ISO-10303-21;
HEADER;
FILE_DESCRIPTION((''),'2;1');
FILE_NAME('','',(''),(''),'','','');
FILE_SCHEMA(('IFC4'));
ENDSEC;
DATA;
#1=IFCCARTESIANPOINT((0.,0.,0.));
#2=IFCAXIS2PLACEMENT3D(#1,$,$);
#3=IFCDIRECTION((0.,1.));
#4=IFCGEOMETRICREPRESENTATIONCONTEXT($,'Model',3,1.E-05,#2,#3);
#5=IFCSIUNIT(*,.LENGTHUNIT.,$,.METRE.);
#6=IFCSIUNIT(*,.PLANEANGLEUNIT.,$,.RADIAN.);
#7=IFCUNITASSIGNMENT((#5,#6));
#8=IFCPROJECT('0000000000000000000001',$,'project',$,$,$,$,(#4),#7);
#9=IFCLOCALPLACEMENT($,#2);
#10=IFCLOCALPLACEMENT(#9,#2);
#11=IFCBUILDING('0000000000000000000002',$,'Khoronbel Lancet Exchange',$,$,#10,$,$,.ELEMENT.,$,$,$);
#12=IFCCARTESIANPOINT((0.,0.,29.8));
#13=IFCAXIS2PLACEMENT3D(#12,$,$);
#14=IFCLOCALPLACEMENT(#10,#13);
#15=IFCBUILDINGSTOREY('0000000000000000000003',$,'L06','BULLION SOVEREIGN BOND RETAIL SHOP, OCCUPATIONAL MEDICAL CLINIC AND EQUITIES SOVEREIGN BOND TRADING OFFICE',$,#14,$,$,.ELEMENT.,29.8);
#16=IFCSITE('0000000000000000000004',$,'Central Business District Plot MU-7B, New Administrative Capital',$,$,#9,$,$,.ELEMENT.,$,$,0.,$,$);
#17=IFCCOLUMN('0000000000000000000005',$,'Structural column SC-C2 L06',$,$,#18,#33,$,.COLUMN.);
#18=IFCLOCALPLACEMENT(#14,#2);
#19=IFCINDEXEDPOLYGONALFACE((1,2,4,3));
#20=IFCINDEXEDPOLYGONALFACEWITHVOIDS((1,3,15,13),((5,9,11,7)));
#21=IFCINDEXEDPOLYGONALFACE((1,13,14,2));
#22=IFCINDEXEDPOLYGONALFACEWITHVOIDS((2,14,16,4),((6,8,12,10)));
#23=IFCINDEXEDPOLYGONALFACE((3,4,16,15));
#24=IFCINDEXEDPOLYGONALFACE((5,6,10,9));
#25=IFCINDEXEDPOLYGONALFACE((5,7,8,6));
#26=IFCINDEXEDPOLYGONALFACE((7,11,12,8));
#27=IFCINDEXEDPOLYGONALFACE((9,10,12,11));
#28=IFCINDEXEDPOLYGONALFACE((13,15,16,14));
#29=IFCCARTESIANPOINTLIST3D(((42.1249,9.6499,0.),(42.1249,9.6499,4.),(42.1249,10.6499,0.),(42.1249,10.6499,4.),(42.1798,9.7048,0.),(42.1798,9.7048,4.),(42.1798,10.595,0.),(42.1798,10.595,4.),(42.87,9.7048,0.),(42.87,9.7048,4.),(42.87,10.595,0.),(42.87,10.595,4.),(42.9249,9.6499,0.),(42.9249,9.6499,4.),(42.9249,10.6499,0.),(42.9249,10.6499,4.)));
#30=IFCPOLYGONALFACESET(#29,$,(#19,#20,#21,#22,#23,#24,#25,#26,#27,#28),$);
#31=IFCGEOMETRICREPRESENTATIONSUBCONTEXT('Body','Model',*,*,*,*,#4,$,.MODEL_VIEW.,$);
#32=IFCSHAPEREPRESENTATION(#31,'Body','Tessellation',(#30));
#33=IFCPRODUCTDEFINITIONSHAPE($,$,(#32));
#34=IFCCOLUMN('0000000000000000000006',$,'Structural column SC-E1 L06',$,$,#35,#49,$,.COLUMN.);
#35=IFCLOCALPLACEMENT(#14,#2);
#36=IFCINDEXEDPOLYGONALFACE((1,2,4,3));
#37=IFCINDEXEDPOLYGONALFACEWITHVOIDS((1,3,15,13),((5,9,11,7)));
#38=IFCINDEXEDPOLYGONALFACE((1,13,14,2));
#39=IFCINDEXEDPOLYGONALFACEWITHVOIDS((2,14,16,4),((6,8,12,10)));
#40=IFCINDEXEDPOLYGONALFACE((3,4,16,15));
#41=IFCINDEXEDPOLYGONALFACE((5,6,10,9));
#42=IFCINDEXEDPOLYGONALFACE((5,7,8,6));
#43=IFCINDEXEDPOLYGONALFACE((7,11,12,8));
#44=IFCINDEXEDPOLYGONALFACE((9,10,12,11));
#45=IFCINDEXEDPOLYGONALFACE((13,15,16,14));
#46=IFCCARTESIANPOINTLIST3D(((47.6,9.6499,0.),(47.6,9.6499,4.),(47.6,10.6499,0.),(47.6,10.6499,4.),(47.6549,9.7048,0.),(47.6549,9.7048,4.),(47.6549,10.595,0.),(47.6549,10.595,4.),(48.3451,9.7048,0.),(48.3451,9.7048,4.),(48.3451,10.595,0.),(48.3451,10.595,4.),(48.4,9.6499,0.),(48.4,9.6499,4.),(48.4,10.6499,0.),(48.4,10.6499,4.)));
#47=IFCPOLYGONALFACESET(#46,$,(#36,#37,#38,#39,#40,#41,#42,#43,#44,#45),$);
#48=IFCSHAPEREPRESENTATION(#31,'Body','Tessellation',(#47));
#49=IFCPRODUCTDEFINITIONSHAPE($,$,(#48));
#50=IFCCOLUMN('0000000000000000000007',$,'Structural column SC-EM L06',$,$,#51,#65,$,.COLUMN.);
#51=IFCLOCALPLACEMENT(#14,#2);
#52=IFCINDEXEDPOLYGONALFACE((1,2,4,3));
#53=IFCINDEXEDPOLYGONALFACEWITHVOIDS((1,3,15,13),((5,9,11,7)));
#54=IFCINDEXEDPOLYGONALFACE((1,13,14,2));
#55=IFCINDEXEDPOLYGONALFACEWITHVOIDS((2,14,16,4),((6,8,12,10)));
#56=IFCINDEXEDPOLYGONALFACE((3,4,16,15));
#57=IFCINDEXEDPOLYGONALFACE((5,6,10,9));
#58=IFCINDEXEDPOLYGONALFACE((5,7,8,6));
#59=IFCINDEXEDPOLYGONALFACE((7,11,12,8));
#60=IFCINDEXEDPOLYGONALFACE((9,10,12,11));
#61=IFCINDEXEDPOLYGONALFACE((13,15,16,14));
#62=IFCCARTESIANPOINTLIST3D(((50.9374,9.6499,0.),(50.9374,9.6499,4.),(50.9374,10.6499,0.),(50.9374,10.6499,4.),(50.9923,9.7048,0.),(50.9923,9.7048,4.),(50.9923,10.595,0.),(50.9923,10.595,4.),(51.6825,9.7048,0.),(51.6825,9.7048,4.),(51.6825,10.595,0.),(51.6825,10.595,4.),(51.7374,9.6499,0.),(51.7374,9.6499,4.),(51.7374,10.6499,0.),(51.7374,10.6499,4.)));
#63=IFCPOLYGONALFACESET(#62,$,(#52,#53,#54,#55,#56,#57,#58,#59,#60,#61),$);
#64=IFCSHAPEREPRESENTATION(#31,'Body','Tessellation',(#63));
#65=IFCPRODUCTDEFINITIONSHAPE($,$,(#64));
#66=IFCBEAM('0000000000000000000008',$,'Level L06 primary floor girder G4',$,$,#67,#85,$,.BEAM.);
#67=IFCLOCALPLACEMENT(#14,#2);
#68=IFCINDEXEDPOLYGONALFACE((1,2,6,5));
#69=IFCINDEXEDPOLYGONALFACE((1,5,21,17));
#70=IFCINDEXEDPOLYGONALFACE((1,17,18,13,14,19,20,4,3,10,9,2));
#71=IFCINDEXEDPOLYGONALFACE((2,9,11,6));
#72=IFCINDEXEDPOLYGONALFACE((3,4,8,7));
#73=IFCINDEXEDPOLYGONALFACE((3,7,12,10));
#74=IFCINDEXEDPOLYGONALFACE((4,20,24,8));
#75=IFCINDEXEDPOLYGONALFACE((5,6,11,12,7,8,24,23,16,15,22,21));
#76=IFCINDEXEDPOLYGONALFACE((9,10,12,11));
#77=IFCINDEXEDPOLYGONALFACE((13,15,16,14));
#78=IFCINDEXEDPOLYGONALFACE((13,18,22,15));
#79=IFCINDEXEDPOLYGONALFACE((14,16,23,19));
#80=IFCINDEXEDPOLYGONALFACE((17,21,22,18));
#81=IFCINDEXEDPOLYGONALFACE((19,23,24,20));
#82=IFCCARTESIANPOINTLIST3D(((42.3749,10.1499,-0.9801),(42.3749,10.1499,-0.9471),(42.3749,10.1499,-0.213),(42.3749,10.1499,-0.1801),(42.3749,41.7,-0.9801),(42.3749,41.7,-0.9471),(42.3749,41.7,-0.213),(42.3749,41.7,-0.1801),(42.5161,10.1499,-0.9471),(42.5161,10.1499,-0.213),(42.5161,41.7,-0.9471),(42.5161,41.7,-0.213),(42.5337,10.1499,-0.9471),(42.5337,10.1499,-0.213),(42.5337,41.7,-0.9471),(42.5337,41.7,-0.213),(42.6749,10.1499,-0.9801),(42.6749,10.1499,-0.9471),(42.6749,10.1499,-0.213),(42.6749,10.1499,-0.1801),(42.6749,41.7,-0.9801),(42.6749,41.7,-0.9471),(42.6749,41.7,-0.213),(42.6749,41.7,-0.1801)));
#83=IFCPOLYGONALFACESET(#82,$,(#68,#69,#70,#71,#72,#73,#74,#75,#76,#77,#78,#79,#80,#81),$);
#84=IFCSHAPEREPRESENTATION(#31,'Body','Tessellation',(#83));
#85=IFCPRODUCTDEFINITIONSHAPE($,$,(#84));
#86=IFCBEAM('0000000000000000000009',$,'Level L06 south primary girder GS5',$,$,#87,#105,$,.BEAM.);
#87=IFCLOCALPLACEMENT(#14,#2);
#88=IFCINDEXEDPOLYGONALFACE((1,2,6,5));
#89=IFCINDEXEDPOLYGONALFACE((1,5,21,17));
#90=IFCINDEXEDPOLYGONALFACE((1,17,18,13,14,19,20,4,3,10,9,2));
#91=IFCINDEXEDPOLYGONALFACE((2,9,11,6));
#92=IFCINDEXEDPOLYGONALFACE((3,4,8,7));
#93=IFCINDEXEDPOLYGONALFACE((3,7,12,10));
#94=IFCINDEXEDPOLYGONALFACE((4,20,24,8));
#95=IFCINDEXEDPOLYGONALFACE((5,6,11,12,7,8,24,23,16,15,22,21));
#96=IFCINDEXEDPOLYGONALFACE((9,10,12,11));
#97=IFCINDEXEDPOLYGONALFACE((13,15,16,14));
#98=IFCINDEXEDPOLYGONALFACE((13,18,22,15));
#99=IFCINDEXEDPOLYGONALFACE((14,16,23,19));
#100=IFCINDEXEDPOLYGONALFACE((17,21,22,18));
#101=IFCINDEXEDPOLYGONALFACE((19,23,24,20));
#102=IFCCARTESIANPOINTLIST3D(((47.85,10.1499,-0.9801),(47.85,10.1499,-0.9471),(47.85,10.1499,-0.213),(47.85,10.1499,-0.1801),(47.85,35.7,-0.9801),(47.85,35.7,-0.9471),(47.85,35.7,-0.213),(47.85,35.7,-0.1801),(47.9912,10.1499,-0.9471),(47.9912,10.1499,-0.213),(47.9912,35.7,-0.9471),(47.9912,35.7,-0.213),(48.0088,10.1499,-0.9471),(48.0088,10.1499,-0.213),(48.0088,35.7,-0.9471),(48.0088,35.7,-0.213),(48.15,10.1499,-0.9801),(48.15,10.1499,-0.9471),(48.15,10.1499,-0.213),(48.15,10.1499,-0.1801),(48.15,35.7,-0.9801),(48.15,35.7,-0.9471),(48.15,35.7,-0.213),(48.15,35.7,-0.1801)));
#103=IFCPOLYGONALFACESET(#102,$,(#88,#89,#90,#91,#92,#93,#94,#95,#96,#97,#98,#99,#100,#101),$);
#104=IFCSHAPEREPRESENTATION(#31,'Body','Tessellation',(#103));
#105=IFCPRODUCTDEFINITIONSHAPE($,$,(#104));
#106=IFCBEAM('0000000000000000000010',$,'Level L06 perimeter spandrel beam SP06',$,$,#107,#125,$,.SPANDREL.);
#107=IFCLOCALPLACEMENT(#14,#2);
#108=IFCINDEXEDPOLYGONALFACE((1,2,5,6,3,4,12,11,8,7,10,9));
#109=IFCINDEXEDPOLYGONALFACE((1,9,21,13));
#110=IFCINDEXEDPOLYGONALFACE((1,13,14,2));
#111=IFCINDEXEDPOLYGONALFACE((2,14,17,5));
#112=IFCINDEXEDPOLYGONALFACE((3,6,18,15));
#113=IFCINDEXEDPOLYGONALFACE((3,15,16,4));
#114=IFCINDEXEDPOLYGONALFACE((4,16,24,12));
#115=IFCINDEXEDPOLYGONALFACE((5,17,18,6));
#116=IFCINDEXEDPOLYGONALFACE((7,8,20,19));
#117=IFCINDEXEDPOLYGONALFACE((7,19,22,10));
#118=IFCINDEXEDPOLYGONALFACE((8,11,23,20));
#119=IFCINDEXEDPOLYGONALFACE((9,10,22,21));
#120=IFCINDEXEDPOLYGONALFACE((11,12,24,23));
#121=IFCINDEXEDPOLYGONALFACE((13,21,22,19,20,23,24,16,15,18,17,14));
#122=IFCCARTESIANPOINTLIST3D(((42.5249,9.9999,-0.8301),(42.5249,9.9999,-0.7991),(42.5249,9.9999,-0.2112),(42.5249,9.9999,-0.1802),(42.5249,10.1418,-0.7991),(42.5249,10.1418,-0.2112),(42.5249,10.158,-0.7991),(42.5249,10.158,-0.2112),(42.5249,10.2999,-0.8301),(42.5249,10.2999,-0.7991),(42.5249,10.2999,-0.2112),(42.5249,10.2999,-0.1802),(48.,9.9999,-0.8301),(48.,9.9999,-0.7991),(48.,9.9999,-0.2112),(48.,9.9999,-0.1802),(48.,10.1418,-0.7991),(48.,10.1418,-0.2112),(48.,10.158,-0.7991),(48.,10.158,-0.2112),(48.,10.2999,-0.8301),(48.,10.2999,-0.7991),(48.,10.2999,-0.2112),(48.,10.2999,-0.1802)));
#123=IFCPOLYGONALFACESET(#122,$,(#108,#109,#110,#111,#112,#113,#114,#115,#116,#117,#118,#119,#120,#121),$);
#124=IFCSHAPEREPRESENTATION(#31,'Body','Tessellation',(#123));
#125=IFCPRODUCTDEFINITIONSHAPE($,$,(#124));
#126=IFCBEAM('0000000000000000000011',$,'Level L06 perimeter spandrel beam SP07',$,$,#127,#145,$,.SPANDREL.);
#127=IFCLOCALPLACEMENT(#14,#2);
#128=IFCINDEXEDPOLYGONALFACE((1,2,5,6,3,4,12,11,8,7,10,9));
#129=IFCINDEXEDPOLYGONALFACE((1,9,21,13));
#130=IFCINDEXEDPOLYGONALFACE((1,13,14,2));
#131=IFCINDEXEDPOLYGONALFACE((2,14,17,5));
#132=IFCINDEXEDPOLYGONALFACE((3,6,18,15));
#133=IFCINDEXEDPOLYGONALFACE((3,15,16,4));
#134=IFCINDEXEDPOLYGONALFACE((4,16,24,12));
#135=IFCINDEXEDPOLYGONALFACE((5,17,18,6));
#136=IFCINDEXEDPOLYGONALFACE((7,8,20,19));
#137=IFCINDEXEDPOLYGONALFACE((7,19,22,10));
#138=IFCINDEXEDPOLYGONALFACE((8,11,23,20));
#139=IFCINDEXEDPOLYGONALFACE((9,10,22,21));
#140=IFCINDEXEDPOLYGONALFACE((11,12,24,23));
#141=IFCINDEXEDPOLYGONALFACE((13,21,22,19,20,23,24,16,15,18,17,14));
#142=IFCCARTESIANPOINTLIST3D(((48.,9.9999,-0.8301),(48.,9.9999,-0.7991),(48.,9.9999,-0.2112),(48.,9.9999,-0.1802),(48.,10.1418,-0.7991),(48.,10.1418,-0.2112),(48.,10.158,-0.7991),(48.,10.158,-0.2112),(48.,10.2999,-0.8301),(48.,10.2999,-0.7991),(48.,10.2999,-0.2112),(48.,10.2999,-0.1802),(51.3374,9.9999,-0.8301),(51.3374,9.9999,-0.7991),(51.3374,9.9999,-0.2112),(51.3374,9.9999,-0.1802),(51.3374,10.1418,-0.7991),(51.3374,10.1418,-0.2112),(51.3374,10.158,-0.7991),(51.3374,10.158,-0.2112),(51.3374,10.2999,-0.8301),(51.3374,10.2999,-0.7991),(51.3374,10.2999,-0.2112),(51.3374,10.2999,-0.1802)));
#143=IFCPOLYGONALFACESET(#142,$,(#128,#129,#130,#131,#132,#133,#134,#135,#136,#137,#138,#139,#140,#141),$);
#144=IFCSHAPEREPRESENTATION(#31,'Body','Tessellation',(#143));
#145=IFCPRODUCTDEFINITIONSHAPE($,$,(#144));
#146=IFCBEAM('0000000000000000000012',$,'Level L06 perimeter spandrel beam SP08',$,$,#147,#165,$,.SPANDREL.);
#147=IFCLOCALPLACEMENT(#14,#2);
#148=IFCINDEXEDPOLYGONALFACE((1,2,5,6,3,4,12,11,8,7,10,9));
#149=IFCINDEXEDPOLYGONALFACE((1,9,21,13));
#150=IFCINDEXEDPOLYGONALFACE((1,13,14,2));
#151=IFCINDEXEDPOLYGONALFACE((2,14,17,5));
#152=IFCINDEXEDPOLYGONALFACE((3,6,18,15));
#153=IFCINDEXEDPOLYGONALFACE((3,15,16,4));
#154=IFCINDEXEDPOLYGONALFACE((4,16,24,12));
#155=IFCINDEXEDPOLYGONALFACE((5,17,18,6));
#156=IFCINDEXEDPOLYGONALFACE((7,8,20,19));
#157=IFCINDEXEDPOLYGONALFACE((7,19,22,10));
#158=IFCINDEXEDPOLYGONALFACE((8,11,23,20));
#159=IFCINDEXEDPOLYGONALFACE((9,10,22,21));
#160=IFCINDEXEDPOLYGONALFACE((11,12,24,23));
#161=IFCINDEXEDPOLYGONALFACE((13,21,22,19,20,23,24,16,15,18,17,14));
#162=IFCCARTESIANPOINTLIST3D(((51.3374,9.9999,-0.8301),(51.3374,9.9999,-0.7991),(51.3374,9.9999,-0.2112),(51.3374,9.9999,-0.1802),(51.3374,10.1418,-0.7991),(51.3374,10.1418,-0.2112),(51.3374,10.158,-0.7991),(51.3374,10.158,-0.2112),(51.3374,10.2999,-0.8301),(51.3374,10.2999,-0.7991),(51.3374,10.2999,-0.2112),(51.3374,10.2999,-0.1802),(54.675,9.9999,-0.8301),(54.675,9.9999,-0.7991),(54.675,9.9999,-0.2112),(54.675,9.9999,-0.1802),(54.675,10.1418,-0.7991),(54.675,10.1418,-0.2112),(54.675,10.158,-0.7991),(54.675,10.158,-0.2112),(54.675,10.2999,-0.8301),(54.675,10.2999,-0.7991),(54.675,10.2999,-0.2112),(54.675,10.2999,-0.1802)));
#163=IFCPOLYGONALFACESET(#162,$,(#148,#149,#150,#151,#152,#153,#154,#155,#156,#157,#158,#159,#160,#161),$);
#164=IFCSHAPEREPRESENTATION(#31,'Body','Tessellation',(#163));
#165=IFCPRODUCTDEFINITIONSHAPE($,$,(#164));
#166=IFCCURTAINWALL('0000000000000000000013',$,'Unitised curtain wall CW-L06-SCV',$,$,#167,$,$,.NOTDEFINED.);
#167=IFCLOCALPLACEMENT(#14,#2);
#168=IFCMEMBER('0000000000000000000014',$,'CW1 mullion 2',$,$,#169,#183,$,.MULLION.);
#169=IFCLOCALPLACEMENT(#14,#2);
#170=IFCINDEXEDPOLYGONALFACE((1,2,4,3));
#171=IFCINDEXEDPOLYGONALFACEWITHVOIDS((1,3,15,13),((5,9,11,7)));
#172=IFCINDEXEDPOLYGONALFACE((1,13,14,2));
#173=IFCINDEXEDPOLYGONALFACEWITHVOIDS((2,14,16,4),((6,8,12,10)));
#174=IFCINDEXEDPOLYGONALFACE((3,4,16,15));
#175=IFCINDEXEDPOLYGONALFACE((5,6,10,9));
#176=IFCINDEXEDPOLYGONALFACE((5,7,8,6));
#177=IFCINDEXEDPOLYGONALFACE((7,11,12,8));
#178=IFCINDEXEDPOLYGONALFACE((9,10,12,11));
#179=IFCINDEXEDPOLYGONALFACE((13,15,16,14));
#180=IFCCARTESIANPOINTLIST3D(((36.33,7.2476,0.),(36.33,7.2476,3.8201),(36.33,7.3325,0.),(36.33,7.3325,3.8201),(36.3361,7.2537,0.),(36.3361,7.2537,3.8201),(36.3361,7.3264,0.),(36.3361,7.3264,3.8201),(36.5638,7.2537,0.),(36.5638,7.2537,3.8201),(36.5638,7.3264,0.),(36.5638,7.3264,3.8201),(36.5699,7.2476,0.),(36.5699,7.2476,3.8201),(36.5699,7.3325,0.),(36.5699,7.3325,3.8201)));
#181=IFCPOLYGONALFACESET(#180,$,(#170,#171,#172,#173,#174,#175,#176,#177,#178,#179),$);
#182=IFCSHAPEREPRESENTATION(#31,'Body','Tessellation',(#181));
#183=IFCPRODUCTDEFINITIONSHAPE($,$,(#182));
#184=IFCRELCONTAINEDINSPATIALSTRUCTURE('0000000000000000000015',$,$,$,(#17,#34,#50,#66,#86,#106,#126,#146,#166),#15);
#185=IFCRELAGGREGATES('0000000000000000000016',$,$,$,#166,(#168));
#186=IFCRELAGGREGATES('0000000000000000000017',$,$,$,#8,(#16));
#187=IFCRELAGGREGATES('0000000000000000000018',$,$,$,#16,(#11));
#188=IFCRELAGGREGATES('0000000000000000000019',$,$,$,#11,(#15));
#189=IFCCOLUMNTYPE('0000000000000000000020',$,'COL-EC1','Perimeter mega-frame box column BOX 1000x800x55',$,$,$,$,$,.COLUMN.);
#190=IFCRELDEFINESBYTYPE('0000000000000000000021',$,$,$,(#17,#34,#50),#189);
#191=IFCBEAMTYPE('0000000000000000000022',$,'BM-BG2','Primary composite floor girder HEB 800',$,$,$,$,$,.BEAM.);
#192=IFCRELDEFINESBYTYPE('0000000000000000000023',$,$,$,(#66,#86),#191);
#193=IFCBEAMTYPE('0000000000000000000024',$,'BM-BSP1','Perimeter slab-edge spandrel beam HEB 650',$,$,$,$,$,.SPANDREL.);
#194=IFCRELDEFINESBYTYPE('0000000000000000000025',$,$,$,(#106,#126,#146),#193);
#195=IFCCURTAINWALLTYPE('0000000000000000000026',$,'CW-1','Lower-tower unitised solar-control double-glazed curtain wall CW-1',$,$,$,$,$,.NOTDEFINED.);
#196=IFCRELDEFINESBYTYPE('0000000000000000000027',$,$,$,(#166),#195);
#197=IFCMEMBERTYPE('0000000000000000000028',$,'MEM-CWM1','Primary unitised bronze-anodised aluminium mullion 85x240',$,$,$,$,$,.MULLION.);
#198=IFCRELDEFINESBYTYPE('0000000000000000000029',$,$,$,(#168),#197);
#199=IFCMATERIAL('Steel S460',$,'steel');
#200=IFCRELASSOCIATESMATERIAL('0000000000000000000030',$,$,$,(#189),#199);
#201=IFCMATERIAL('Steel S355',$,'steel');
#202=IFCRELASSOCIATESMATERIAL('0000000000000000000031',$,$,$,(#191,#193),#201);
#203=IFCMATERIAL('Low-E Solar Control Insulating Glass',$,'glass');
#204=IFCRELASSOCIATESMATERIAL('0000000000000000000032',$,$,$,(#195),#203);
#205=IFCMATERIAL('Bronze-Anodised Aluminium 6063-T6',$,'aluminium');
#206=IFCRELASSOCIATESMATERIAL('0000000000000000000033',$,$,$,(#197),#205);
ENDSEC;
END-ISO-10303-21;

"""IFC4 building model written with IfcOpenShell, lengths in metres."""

from ifc_helpers import new_model, si_unit, direction, frame, origin, origin_2d, place, context, subcontext, project, spatial, hollow_rectangle, i_section, extrude, material, material_profile, profile_set, type_object, element, aggregate, save


model = new_model("IFC4")

# Units and contexts
model_context = context("Model", 3, precision=1e-05, world=origin(), true_north=direction((0.0, 1.0)))
body_context = subcontext(model_context, "Body", "Model", "MODEL_VIEW")
ifc_project = project(units=[si_unit("LENGTHUNIT", "METRE"), si_unit("PLANEANGLEUNIT", "RADIAN")], contexts=[model_context])

# Site, building, storey
site_placement = place(None, origin())
site = spatial("IfcSite", under=ifc_project, at=site_placement, Name="Central Business District Plot MU-7B, New Administrative Capital", CompositionType="ELEMENT", RefElevation=0.0)
building_placement = place(site_placement, origin())
building = spatial("IfcBuilding", under=site, at=building_placement, Name="Khoronbel Lancet Exchange", CompositionType="ELEMENT")
storey_placement = place(building_placement, frame((0.0, 0.0, 29.8)))
storey = spatial("IfcBuildingStorey", under=building, at=storey_placement, Name="L06", Description="BULLION SOVEREIGN BOND RETAIL SHOP, OCCUPATIONAL MEDICAL CLINIC AND EQUITIES SOVEREIGN BOND TRADING OFFICE", CompositionType="ELEMENT", Elevation=29.8)

# Columns
ifc_material_1 = material(Name="Steel S460", Category="steel")
ifc_material_profile_1 = material_profile(ifc_material_1, hollow_rectangle(XDim=0.8, YDim=1.0, WallThickness=0.0549, at=origin_2d()), Name="BOX 1000x800x55")
ifc_profile_set_1 = profile_set([ifc_material_profile_1], Name="Steel S460")
column_type = type_object("IfcColumnType", Name="COL-EC1", Description="Perimeter mega-frame box column BOX 1000x800x55", PredefinedType="COLUMN", material=ifc_profile_set_1)
for number, where, z_axis, x_axis, name in (
    (1, (42.5249, 10.1499, 0.0), (0.0, 0.0, 1.0), (1.0, 0.0, 0.0), "Structural column SC-C2 L06"),
    (2, (48.0, 10.1499, 0.0), (0.0, 0.0, 1.0), (1.0, 0.0, 0.0), "Structural column SC-E1 L06"),
    (3, (51.3374, 10.1499, 0.0), (0.0, 0.0, 1.0), (1.0, 0.0, 0.0), "Structural column SC-EM L06"),
):
    element("IfcColumn", number, at=place(storey_placement, frame(where, z_axis=z_axis, x_axis=x_axis)), inside=storey, type_object=column_type, Name=name, PredefinedType="COLUMN", context=body_context, shape_type="SweptSolid", body=[
        extrude(hollow_rectangle(XDim=0.8, YDim=1.0, WallThickness=0.0549, at=origin_2d()), origin(), (0.0, 0.0, 1.0), 4.0),
    ])

# Beams
ifc_material_2 = material(Name="Steel S355", Category="steel")
ifc_material_profile_2 = material_profile(ifc_material_2, i_section(OverallWidth=0.3, OverallDepth=0.8, WebThickness=0.0176, FlangeThickness=0.033, at=origin_2d()), Name="HEB 800")
ifc_profile_set_2 = profile_set([ifc_material_profile_2], Name="Steel S355")
beam_type_1 = type_object("IfcBeamType", Name="BM-BG2", Description="Primary composite floor girder HEB 800", PredefinedType="BEAM", material=ifc_profile_set_2)
beam_1_placement = place(storey_placement, frame((42.5249, 10.1499, -0.5801), z_axis=(0.0, 1.0, 0.0), x_axis=(-1.0, 0.0, 0.0)))
element("IfcBeam", 4, at=beam_1_placement, inside=storey, type_object=beam_type_1, Name="Level L06 primary floor girder G4", PredefinedType="BEAM", context=body_context, shape_type="SweptSolid", body=[
    extrude(i_section(OverallWidth=0.3, OverallDepth=0.8, WebThickness=0.0176, FlangeThickness=0.033, at=origin_2d()), origin(), (0.0, 0.0, 1.0), 31.55),
])
beam_2_placement = place(storey_placement, frame((48.0, 10.1499, -0.5801), z_axis=(0.0, 1.0, 0.0), x_axis=(-1.0, 0.0, 0.0)))
element("IfcBeam", 5, at=beam_2_placement, inside=storey, type_object=beam_type_1, Name="Level L06 south primary girder GS5", PredefinedType="BEAM", context=body_context, shape_type="SweptSolid", body=[
    extrude(i_section(OverallWidth=0.3, OverallDepth=0.8, WebThickness=0.0176, FlangeThickness=0.033, at=origin_2d()), origin(), (0.0, 0.0, 1.0), 25.55),
])
ifc_material_profile_3 = material_profile(ifc_material_2, i_section(OverallWidth=0.3, OverallDepth=0.6499, WebThickness=0.0161, FlangeThickness=0.031, at=origin_2d()), Name="HEB 650")
ifc_profile_set_3 = profile_set([ifc_material_profile_3], Name="Steel S355")
beam_type_2 = type_object("IfcBeamType", Name="BM-BSP1", Description="Perimeter slab-edge spandrel beam HEB 650", PredefinedType="SPANDREL", material=ifc_profile_set_3)
beam_3_placement = place(storey_placement, frame((42.5249, 10.1499, -0.5051), z_axis=(1.0, 0.0, 0.0), x_axis=(0.0, 1.0, 0.0)))
element("IfcBeam", 6, at=beam_3_placement, inside=storey, type_object=beam_type_2, Name="Level L06 perimeter spandrel beam SP06", PredefinedType="SPANDREL", context=body_context, shape_type="SweptSolid", body=[
    extrude(i_section(OverallWidth=0.3, OverallDepth=0.6499, WebThickness=0.0161, FlangeThickness=0.031, at=origin_2d()), origin(), (0.0, 0.0, 1.0), 5.4751),
])
beam_4_placement = place(storey_placement, frame((48.0, 10.1499, -0.5051), z_axis=(1.0, 0.0, 0.0), x_axis=(0.0, 1.0, 0.0)))
element("IfcBeam", 7, at=beam_4_placement, inside=storey, type_object=beam_type_2, Name="Level L06 perimeter spandrel beam SP07", PredefinedType="SPANDREL", context=body_context, shape_type="SweptSolid", body=[
    extrude(i_section(OverallWidth=0.3, OverallDepth=0.6499, WebThickness=0.0161, FlangeThickness=0.031, at=origin_2d()), origin(), (0.0, 0.0, 1.0), 3.3374),
])
beam_5_placement = place(storey_placement, frame((51.3374, 10.1499, -0.5051), z_axis=(1.0, 0.0, 0.0), x_axis=(0.0, 1.0, 0.0)))
element("IfcBeam", 8, at=beam_5_placement, inside=storey, type_object=beam_type_2, Name="Level L06 perimeter spandrel beam SP08", PredefinedType="SPANDREL", context=body_context, shape_type="SweptSolid", body=[
    extrude(i_section(OverallWidth=0.3, OverallDepth=0.6499, WebThickness=0.0161, FlangeThickness=0.031, at=origin_2d()), origin(), (0.0, 0.0, 1.0), 3.3376),
])

# Curtain wall, member
ifc_material_3 = material(Name="Low-E Solar Control Insulating Glass", Category="glass")
curtain_wall_type = type_object("IfcCurtainWallType", Name="CW-1", Description="Lower-tower unitised solar-control double-glazed curtain wall CW-1", PredefinedType="NOTDEFINED", material=ifc_material_3)
curtain_wall_1_placement = place(storey_placement, origin())
curtain_wall_1 = element("IfcCurtainWall", 9, at=curtain_wall_1_placement, inside=storey, type_object=curtain_wall_type, Name="Unitised curtain wall CW-L06-SCV", PredefinedType="NOTDEFINED")
ifc_material_4 = material(Name="Bronze-Anodised Aluminium 6063-T6", Category="aluminium")
ifc_material_profile_4 = material_profile(ifc_material_4, hollow_rectangle(XDim=0.085, YDim=0.24, WallThickness=0.0061, at=origin_2d()), Name="ALU MULLION 85x240")
ifc_profile_set_4 = profile_set([ifc_material_profile_4], Name="Bronze-Anodised Aluminium 6063-T6")
member_type_1 = type_object("IfcMemberType", Name="MEM-CWM1", Description="Primary unitised bronze-anodised aluminium mullion 85x240", PredefinedType="MULLION", material=ifc_profile_set_4)
member_1_placement = place(storey_placement, frame((36.45, 7.29, 0.0), z_axis=(0.0, 0.0, 1.0), x_axis=(0.0, 1.0, 0.0)))
member_1 = element("IfcMember", 10, at=member_1_placement, type_object=member_type_1, Name="CW1 mullion 2", PredefinedType="MULLION", context=body_context, shape_type="SweptSolid", body=[
    extrude(hollow_rectangle(XDim=0.085, YDim=0.24, WallThickness=0.0061, at=origin_2d()), origin(), (0.0, 0.0, 1.0), 3.8201),
])

aggregate(curtain_wall_1, [member_1])

save(model, "model.ifc")
